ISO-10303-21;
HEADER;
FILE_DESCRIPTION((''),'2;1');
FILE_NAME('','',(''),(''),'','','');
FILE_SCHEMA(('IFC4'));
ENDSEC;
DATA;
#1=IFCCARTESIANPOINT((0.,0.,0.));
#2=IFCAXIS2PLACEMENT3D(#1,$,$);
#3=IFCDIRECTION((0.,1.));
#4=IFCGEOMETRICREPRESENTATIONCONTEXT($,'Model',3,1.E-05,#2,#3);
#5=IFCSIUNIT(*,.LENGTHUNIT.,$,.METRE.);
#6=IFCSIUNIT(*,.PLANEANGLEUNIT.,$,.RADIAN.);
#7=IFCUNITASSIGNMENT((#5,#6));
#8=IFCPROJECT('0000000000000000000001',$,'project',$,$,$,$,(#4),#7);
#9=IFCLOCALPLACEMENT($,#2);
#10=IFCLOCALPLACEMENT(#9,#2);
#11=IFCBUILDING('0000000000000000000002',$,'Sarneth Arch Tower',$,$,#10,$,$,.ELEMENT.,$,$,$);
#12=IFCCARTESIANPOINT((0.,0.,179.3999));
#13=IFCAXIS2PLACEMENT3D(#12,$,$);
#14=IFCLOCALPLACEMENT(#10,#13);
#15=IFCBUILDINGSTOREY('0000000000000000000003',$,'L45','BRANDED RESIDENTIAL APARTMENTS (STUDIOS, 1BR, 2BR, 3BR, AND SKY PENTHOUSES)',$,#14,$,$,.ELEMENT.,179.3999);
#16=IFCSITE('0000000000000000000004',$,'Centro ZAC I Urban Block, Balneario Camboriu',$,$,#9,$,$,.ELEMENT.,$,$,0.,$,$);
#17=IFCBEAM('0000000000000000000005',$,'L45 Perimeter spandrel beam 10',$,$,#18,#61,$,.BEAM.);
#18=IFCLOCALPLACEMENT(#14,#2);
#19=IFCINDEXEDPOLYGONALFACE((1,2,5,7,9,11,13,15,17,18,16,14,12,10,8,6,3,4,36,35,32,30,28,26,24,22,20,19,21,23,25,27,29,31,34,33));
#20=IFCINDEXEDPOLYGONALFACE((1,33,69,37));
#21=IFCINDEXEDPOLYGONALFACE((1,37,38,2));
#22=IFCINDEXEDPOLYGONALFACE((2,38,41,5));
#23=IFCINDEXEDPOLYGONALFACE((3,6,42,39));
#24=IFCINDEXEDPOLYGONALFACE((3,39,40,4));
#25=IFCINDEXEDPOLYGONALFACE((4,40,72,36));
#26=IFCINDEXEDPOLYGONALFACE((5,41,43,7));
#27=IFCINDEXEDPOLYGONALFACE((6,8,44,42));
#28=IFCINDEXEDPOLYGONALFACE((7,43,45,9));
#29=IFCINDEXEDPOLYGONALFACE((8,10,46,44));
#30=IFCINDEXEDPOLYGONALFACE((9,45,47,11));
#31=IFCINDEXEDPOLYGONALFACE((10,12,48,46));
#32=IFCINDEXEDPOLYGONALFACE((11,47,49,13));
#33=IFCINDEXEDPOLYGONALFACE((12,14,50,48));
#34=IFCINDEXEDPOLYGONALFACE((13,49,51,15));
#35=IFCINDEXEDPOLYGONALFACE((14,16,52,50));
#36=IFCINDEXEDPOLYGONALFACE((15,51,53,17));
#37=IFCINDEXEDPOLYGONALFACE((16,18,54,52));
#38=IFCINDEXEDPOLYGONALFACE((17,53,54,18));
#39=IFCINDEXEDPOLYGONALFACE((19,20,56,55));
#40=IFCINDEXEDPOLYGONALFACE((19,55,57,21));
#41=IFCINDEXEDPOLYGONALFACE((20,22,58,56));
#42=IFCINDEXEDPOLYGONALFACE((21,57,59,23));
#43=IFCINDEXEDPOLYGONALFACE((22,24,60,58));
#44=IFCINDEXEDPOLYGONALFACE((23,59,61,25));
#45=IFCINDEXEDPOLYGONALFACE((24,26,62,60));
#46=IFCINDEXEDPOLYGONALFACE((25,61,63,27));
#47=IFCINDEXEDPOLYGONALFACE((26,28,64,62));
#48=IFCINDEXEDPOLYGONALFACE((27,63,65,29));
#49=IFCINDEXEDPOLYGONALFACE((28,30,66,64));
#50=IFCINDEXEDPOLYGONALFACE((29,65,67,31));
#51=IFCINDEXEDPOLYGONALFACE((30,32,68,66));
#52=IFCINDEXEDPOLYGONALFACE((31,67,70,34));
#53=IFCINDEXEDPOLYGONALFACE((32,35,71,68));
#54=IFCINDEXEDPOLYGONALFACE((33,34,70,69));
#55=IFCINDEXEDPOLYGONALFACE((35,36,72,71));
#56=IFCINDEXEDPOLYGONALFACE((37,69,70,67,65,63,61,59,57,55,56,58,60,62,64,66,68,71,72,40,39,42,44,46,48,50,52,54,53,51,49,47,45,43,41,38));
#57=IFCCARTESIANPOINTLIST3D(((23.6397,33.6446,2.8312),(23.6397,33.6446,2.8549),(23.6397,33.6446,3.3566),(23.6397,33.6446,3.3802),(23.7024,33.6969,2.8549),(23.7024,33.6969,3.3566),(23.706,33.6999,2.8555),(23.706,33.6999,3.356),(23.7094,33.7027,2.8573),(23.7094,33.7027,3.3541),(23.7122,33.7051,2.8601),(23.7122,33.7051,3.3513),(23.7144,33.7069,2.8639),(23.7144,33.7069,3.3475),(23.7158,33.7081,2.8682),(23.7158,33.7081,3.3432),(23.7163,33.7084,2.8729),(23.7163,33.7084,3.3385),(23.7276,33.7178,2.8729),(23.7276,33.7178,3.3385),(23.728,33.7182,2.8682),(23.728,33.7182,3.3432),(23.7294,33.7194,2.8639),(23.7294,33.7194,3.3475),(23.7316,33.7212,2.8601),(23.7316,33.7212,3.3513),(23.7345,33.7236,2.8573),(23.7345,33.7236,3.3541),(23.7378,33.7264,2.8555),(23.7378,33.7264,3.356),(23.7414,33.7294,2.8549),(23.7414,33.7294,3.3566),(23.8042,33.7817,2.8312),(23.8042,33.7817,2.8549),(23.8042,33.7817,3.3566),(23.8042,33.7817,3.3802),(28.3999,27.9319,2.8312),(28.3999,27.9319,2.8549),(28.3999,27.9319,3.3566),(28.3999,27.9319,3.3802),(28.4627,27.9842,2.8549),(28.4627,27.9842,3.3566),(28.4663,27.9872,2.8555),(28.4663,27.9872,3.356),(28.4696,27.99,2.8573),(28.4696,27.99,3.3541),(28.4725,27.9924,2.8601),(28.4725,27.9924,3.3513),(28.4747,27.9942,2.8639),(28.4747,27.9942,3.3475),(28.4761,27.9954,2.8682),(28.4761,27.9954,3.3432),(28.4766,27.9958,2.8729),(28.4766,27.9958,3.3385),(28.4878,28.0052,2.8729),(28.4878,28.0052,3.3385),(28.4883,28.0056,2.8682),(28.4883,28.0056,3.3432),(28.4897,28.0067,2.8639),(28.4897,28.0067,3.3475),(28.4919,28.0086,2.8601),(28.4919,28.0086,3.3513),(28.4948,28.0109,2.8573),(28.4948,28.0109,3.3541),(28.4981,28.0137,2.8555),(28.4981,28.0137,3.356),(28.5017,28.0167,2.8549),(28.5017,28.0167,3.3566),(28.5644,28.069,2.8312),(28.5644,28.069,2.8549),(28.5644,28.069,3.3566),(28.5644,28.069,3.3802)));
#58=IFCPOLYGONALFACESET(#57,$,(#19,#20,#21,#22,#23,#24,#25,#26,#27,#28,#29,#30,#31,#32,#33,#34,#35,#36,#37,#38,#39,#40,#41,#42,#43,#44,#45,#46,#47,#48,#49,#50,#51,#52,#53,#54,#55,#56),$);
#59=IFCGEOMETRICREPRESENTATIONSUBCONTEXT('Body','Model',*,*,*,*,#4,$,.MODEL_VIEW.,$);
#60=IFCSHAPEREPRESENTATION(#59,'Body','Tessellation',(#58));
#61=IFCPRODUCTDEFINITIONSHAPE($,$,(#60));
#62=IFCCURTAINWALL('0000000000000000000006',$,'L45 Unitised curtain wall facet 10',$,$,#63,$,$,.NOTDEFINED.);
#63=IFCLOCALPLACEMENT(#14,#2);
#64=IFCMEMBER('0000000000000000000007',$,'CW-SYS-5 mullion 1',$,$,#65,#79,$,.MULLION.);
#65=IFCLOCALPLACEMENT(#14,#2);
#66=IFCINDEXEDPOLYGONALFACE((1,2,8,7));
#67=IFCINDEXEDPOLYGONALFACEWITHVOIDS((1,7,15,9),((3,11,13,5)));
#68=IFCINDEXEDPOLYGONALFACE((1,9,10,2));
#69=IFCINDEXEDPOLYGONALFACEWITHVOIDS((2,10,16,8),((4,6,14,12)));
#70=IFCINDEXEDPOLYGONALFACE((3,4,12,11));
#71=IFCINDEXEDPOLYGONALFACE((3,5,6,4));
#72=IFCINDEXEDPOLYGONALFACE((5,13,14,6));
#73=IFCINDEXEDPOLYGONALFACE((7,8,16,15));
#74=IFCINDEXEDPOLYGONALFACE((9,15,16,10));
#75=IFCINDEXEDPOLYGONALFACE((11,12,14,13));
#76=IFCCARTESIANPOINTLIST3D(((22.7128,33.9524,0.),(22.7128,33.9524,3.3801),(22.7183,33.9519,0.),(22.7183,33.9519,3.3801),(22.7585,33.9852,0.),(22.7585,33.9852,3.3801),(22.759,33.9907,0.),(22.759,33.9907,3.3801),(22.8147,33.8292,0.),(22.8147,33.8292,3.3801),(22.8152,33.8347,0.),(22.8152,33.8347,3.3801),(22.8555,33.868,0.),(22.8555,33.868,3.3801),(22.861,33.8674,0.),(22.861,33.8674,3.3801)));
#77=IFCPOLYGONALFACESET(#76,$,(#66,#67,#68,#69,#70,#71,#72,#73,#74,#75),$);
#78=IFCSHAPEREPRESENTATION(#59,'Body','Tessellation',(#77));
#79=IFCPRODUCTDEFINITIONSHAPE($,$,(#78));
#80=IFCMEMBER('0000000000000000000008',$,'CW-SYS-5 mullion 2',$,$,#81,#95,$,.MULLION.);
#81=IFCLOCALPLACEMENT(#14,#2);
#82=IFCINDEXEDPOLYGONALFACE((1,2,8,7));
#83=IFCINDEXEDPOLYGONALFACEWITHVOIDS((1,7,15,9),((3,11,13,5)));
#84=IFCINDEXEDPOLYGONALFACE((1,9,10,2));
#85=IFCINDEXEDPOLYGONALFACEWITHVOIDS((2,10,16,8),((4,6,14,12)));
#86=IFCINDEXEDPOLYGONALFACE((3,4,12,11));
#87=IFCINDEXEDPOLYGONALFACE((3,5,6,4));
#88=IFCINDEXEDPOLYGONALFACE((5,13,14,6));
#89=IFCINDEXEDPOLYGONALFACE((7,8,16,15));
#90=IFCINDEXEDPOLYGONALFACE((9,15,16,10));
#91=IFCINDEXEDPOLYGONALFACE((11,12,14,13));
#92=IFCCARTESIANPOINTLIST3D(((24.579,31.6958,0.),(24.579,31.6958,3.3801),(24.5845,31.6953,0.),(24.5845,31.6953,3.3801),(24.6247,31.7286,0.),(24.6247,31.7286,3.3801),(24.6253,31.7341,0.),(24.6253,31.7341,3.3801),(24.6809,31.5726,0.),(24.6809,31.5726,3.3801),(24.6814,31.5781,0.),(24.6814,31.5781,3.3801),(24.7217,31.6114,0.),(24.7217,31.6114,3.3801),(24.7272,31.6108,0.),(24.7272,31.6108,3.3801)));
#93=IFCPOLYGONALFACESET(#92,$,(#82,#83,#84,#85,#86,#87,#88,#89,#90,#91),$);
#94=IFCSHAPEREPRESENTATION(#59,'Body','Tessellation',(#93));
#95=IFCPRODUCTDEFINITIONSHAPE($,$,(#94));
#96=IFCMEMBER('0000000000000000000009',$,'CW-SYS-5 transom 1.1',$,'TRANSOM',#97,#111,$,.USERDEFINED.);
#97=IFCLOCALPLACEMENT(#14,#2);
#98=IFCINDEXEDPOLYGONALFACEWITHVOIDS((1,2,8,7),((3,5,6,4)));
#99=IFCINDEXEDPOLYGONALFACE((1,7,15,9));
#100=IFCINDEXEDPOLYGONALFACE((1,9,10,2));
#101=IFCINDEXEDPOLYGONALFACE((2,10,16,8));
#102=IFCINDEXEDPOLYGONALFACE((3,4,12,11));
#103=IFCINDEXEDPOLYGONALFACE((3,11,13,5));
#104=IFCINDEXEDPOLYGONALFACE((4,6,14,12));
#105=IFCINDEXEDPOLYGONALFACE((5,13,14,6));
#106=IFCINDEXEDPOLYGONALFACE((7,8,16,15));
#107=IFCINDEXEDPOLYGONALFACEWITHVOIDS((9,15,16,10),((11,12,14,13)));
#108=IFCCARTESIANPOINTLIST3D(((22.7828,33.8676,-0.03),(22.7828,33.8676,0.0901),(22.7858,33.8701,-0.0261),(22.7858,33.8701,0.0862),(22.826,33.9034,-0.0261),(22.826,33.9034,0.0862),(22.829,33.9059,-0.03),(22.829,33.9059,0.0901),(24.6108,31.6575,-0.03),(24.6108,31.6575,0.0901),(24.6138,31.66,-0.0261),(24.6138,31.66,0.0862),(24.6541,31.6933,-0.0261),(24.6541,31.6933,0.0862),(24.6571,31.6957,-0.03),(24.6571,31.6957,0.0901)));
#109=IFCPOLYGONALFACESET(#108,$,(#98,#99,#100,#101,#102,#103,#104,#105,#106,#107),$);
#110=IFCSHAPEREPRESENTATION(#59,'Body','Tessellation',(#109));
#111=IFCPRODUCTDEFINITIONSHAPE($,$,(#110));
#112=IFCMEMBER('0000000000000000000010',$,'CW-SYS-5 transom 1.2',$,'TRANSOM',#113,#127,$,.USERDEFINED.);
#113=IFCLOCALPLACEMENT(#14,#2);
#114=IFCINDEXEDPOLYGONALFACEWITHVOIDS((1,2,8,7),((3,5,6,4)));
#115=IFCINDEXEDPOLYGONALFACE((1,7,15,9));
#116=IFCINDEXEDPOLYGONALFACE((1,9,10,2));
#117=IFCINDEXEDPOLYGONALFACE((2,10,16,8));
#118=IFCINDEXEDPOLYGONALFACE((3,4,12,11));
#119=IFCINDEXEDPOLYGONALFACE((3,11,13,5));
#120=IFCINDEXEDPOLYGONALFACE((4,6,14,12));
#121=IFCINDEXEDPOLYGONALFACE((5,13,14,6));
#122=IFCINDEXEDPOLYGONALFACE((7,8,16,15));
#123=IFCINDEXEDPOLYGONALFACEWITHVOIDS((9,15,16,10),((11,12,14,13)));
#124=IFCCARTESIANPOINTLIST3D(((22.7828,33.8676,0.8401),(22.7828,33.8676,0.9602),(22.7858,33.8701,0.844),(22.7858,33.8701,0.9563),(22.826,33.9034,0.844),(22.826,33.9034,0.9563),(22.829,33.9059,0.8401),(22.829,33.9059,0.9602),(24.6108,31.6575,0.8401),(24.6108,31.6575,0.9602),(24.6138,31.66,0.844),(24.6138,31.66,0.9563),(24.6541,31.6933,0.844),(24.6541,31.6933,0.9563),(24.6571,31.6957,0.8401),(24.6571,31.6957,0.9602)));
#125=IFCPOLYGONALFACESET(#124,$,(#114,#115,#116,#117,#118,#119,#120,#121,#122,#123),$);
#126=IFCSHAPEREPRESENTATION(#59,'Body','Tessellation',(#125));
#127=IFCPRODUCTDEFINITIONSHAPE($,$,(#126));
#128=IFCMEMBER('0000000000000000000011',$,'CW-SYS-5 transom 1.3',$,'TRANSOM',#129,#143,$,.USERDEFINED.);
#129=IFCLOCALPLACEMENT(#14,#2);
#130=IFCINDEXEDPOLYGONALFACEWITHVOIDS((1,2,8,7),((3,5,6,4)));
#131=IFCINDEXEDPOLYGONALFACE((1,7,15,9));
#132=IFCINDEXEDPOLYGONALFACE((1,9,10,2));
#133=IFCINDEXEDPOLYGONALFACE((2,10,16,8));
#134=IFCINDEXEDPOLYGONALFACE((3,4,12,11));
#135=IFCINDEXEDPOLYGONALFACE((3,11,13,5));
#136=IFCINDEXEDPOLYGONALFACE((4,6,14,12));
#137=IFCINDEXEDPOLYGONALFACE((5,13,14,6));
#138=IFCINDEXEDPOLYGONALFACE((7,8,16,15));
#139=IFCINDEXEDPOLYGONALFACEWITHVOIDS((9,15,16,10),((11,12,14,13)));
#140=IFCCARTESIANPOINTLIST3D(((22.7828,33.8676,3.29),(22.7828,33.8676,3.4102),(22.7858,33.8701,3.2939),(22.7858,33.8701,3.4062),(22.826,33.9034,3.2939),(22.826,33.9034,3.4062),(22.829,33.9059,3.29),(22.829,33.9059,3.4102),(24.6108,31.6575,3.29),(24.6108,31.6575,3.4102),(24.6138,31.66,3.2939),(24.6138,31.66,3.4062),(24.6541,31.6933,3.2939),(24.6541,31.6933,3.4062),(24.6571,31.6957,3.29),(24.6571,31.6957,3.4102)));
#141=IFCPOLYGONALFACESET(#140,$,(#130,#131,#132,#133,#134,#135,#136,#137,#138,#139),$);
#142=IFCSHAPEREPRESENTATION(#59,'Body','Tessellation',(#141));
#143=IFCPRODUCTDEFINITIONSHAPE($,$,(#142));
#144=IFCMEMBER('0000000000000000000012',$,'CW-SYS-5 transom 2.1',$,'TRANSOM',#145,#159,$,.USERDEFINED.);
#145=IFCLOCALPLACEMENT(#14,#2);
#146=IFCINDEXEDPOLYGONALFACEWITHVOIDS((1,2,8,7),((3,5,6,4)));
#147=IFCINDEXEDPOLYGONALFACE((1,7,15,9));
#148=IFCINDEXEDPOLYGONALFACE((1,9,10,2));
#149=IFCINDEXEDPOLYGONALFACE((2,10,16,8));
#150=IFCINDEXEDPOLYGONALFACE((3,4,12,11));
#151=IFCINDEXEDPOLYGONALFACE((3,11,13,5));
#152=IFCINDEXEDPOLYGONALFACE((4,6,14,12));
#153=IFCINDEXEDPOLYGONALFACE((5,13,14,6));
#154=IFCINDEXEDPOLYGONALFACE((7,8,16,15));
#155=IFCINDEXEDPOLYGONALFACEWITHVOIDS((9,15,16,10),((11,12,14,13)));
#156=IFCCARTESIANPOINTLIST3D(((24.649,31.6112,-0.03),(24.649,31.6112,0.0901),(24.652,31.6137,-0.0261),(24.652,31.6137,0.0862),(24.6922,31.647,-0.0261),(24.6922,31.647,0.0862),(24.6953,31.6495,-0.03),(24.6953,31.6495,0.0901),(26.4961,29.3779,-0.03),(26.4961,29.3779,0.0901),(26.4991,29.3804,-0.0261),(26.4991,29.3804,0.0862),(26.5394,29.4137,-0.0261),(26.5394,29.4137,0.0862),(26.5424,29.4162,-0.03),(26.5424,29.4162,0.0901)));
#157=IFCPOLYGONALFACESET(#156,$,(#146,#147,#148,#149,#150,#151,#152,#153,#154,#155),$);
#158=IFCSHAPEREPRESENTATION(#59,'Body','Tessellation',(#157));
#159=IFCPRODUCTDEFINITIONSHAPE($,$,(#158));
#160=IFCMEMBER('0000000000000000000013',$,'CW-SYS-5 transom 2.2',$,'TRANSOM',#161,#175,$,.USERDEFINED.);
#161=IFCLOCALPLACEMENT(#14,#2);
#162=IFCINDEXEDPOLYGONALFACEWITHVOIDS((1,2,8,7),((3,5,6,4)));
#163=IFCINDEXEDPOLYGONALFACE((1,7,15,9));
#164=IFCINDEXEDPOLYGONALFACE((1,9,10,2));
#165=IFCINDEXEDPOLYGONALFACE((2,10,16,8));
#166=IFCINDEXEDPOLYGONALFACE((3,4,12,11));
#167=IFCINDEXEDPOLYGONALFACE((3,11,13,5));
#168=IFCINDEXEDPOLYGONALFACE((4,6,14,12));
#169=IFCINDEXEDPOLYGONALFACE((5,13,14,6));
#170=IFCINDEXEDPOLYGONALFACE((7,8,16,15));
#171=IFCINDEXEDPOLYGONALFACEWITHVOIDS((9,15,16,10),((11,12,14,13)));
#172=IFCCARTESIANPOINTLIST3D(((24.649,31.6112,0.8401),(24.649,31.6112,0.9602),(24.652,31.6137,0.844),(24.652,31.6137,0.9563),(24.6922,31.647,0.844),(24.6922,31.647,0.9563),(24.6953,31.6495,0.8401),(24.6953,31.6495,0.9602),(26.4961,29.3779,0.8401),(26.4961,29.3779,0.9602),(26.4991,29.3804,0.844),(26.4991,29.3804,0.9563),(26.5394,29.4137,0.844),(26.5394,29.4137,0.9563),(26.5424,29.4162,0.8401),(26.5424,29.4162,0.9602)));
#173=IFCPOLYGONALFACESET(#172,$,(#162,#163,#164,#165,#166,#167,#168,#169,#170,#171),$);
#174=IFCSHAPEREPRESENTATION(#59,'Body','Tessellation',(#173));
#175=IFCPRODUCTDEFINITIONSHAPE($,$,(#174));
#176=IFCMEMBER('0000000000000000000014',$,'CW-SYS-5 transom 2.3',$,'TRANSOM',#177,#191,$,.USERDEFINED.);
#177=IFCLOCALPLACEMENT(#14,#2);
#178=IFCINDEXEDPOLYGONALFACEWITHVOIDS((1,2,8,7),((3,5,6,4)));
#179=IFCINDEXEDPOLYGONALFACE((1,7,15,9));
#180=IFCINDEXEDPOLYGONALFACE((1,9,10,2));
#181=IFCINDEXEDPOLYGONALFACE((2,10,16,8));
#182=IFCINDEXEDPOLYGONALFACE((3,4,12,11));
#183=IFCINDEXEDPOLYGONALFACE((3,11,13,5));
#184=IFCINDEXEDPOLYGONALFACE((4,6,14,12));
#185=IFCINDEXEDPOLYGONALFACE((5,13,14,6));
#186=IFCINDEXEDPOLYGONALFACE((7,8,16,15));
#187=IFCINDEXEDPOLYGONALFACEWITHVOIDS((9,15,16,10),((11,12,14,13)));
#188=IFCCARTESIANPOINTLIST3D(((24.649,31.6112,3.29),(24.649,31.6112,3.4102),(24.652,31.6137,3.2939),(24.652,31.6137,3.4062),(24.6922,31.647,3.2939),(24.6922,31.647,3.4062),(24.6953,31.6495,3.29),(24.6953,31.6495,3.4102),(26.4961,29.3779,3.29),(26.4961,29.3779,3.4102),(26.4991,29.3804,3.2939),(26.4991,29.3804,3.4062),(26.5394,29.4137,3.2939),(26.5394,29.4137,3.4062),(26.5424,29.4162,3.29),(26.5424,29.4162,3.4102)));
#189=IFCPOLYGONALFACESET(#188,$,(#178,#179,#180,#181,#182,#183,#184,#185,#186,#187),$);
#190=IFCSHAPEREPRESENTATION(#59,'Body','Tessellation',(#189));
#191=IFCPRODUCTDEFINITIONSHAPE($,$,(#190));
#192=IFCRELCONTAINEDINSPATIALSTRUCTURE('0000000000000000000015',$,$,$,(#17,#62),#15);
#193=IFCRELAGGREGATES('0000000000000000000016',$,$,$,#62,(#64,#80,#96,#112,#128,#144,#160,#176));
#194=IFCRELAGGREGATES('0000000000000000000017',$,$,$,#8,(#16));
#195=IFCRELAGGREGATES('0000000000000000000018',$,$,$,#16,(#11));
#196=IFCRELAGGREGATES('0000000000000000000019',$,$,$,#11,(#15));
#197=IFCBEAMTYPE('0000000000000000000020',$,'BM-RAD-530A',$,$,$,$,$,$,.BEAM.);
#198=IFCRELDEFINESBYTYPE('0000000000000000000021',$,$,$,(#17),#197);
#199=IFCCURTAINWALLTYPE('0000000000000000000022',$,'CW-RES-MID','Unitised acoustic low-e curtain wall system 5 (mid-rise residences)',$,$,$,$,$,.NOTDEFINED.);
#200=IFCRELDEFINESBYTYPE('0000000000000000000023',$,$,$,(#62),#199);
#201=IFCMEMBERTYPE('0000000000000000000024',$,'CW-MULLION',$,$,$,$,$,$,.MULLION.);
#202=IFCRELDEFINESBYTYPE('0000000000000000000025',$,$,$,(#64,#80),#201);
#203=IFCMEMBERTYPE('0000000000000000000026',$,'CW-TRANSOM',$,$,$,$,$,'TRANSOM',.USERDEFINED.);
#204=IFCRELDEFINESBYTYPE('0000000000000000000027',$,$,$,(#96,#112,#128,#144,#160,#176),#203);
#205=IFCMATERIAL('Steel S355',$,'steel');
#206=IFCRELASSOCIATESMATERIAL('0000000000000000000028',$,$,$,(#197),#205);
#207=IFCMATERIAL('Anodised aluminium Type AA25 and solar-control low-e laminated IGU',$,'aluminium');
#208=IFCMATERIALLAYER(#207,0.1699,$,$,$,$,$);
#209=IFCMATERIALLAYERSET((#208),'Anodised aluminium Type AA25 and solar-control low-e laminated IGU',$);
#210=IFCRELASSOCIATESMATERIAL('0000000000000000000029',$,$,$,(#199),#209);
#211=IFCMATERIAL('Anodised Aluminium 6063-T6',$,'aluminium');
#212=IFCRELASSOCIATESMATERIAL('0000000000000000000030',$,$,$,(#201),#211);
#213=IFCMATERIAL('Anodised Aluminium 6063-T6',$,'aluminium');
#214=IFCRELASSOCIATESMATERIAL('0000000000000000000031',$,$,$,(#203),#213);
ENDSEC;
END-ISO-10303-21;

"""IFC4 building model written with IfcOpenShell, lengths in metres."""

from ifc_helpers import new_model, si_unit, direction, frame, origin, origin_2d, place, context, subcontext, project, spatial, hollow_rectangle, i_section, extrude, material, layer, layer_set, material_profile, profile_set, type_object, element, aggregate, save


model = new_model("IFC4")

# Units and contexts
model_context = context("Model", 3, precision=1e-05, world=origin(), true_north=direction((0.0, 1.0)))
body_context = subcontext(model_context, "Body", "Model", "MODEL_VIEW")
ifc_project = project(units=[si_unit("LENGTHUNIT", "METRE"), si_unit("PLANEANGLEUNIT", "RADIAN")], contexts=[model_context])

# Site, building, storey
site_placement = place(None, origin())
site = spatial("IfcSite", under=ifc_project, at=site_placement, Name="Centro ZAC I Urban Block, Balneario Camboriu", CompositionType="ELEMENT", RefElevation=0.0)
building_placement = place(site_placement, origin())
building = spatial("IfcBuilding", under=site, at=building_placement, Name="Sarneth Arch Tower", CompositionType="ELEMENT")
storey_placement = place(building_placement, frame((0.0, 0.0, 179.3999)))
storey = spatial("IfcBuildingStorey", under=building, at=storey_placement, Name="L45", Description="BRANDED RESIDENTIAL APARTMENTS (STUDIOS, 1BR, 2BR, 3BR, AND SKY PENTHOUSES)", CompositionType="ELEMENT", Elevation=179.3999)

# Beam
ifc_material_1 = material(Name="Steel S355", Category="steel")
ifc_material_profile_1 = material_profile(ifc_material_1, i_section(OverallWidth=0.2141, OverallDepth=0.5491, WebThickness=0.0146, FlangeThickness=0.0237, FilletRadius=0.0181, at=origin_2d()), Name="W530x138")
ifc_profile_set_1 = profile_set([ifc_material_profile_1], Name="Steel S355")
beam_type_1 = type_object("IfcBeamType", Name="BM-RAD-530A", PredefinedType="BEAM", material=ifc_profile_set_1)
beam_1_placement = place(storey_placement, frame((23.7219, 33.7131, 3.1057), z_axis=(0.640162, -0.76824, 0.0), x_axis=(0.76824, 0.640162, 0.0)))
element("IfcBeam", 1, at=beam_1_placement, inside=storey, type_object=beam_type_1, Name="L45 Perimeter spandrel beam 10", PredefinedType="BEAM", context=body_context, shape_type="SweptSolid", body=[
    extrude(i_section(OverallWidth=0.2141, OverallDepth=0.5491, WebThickness=0.0146, FlangeThickness=0.0237, FilletRadius=0.0181, at=origin_2d()), origin(), (0.0, 0.0, 1.0), 7.436),
])

# Curtain wall, members
ifc_material_2 = material(Name="Anodised aluminium Type AA25 and solar-control low-e laminated IGU", Category="aluminium")
ifc_layer_1 = layer(ifc_material_2, 0.1699)
ifc_layer_set_1 = layer_set([ifc_layer_1], Name="Anodised aluminium Type AA25 and solar-control low-e laminated IGU")
curtain_wall_type = type_object("IfcCurtainWallType", Name="CW-RES-MID", Description="Unitised acoustic low-e curtain wall system 5 (mid-rise residences)", PredefinedType="NOTDEFINED", material=ifc_layer_set_1)
curtain_wall_placement = place(storey_placement, origin())
curtain_wall = element("IfcCurtainWall", 2, at=curtain_wall_placement, inside=storey, type_object=curtain_wall_type, Name="L45 Unitised curtain wall facet 10", PredefinedType="NOTDEFINED")
ifc_material_3 = material(Name="Anodised Aluminium 6063-T6", Category="aluminium")
ifc_material_profile_2 = material_profile(ifc_material_3, hollow_rectangle(XDim=0.0601, YDim=0.1599, WallThickness=0.0039, at=origin_2d()), Name="AL-MULL-160x60x4")
ifc_profile_set_2 = profile_set([ifc_material_profile_2], Name="Anodised Aluminium 6063-T6")
member_type_1 = type_object("IfcMemberType", Name="CW-MULLION", PredefinedType="MULLION", material=ifc_profile_set_2)
member_1_placement = place(storey_placement, frame((22.7869, 33.9099, 0.0), z_axis=(0.0, 0.0, 1.0), x_axis=(0.770591, 0.63733, 0.0)))
member_1 = element("IfcMember", 3, at=member_1_placement, type_object=member_type_1, Name="CW-SYS-5 mullion 1", PredefinedType="MULLION", context=body_context, shape_type="SweptSolid", body=[
    extrude(hollow_rectangle(XDim=0.0601, YDim=0.1599, WallThickness=0.0039, at=origin_2d()), origin(), (0.0, 0.0, 1.0), 3.3801),
])
member_2_placement = place(storey_placement, frame((24.6531, 31.6533, 0.0), z_axis=(0.0, 0.0, 1.0), x_axis=(0.770591, 0.63733, 0.0)))
member_2 = element("IfcMember", 4, at=member_2_placement, type_object=member_type_1, Name="CW-SYS-5 mullion 2", PredefinedType="MULLION", context=body_context, shape_type="SweptSolid", body=[
    extrude(hollow_rectangle(XDim=0.0601, YDim=0.1599, WallThickness=0.0039, at=origin_2d()), origin(), (0.0, 0.0, 1.0), 3.3801),
])
ifc_material_4 = material(Name="Anodised Aluminium 6063-T6", Category="aluminium")
ifc_material_profile_3 = material_profile(ifc_material_4, hollow_rectangle(XDim=0.0601, YDim=0.1201, WallThickness=0.0039, at=origin_2d()), Name="AL-TRAN-120x60x4")
ifc_profile_set_3 = profile_set([ifc_material_profile_3], Name="Anodised Aluminium 6063-T6")
member_type_2 = type_object("IfcMemberType", Name="CW-TRANSOM", ElementType="TRANSOM", PredefinedType="USERDEFINED", material=ifc_profile_set_3)
member_3_placement = place(storey_placement, frame((22.8059, 33.8867, 0.03), z_axis=(0.637359, -0.770567, 0.0), x_axis=(0.770567, 0.637359, 0.0)))
member_3 = element("IfcMember", 5, at=member_3_placement, type_object=member_type_2, Name="CW-SYS-5 transom 1.1", ObjectType="TRANSOM", PredefinedType="USERDEFINED", context=body_context, shape_type="SweptSolid", body=[
    extrude(hollow_rectangle(XDim=0.0601, YDim=0.1201, WallThickness=0.0039, at=origin_2d()), origin(), (0.0, 0.0, 1.0), 2.8682),
])
member_4_placement = place(storey_placement, frame((22.8059, 33.8867, 0.9001), z_axis=(0.637359, -0.770567, 0.0), x_axis=(0.770567, 0.637359, 0.0)))
member_4 = element("IfcMember", 6, at=member_4_placement, type_object=member_type_2, Name="CW-SYS-5 transom 1.2", ObjectType="TRANSOM", PredefinedType="USERDEFINED", context=body_context, shape_type="SweptSolid", body=[
    extrude(hollow_rectangle(XDim=0.0601, YDim=0.1201, WallThickness=0.0039, at=origin_2d()), origin(), (0.0, 0.0, 1.0), 2.8682),
])
member_5_placement = place(storey_placement, frame((22.8059, 33.8867, 3.3501), z_axis=(0.637359, -0.770567, 0.0), x_axis=(0.770567, 0.637359, 0.0)))
member_5 = element("IfcMember", 7, at=member_5_placement, type_object=member_type_2, Name="CW-SYS-5 transom 1.3", ObjectType="TRANSOM", PredefinedType="USERDEFINED", context=body_context, shape_type="SweptSolid", body=[
    extrude(hollow_rectangle(XDim=0.0601, YDim=0.1201, WallThickness=0.0039, at=origin_2d()), origin(), (0.0, 0.0, 1.0), 2.8682),
])
member_6_placement = place(storey_placement, frame((24.6721, 31.6304, 0.03), z_axis=(0.63733, -0.770591, 0.0), x_axis=(0.770591, 0.63733, 0.0)))
member_6 = element("IfcMember", 8, at=member_6_placement, type_object=member_type_2, Name="CW-SYS-5 transom 2.1", ObjectType="TRANSOM", PredefinedType="USERDEFINED", context=body_context, shape_type="SweptSolid", body=[
    extrude(hollow_rectangle(XDim=0.0601, YDim=0.1201, WallThickness=0.0039, at=origin_2d()), origin(), (0.0, 0.0, 1.0), 2.8982),
])
member_7_placement = place(storey_placement, frame((24.6721, 31.6304, 0.9001), z_axis=(0.63733, -0.770591, 0.0), x_axis=(0.770591, 0.63733, 0.0)))
member_7 = element("IfcMember", 9, at=member_7_placement, type_object=member_type_2, Name="CW-SYS-5 transom 2.2", ObjectType="TRANSOM", PredefinedType="USERDEFINED", context=body_context, shape_type="SweptSolid", body=[
    extrude(hollow_rectangle(XDim=0.0601, YDim=0.1201, WallThickness=0.0039, at=origin_2d()), origin(), (0.0, 0.0, 1.0), 2.8982),
])
member_8_placement = place(storey_placement, frame((24.6721, 31.6304, 3.3501), z_axis=(0.63733, -0.770591, 0.0), x_axis=(0.770591, 0.63733, 0.0)))
member_8 = element("IfcMember", 10, at=member_8_placement, type_object=member_type_2, Name="CW-SYS-5 transom 2.3", ObjectType="TRANSOM", PredefinedType="USERDEFINED", context=body_context, shape_type="SweptSolid", body=[
    extrude(hollow_rectangle(XDim=0.0601, YDim=0.1201, WallThickness=0.0039, at=origin_2d()), origin(), (0.0, 0.0, 1.0), 2.8982),
])
aggregate(curtain_wall, [member_1, member_2, member_3, member_4, member_5, member_6, member_7, member_8])

save(model, "model.ifc")
